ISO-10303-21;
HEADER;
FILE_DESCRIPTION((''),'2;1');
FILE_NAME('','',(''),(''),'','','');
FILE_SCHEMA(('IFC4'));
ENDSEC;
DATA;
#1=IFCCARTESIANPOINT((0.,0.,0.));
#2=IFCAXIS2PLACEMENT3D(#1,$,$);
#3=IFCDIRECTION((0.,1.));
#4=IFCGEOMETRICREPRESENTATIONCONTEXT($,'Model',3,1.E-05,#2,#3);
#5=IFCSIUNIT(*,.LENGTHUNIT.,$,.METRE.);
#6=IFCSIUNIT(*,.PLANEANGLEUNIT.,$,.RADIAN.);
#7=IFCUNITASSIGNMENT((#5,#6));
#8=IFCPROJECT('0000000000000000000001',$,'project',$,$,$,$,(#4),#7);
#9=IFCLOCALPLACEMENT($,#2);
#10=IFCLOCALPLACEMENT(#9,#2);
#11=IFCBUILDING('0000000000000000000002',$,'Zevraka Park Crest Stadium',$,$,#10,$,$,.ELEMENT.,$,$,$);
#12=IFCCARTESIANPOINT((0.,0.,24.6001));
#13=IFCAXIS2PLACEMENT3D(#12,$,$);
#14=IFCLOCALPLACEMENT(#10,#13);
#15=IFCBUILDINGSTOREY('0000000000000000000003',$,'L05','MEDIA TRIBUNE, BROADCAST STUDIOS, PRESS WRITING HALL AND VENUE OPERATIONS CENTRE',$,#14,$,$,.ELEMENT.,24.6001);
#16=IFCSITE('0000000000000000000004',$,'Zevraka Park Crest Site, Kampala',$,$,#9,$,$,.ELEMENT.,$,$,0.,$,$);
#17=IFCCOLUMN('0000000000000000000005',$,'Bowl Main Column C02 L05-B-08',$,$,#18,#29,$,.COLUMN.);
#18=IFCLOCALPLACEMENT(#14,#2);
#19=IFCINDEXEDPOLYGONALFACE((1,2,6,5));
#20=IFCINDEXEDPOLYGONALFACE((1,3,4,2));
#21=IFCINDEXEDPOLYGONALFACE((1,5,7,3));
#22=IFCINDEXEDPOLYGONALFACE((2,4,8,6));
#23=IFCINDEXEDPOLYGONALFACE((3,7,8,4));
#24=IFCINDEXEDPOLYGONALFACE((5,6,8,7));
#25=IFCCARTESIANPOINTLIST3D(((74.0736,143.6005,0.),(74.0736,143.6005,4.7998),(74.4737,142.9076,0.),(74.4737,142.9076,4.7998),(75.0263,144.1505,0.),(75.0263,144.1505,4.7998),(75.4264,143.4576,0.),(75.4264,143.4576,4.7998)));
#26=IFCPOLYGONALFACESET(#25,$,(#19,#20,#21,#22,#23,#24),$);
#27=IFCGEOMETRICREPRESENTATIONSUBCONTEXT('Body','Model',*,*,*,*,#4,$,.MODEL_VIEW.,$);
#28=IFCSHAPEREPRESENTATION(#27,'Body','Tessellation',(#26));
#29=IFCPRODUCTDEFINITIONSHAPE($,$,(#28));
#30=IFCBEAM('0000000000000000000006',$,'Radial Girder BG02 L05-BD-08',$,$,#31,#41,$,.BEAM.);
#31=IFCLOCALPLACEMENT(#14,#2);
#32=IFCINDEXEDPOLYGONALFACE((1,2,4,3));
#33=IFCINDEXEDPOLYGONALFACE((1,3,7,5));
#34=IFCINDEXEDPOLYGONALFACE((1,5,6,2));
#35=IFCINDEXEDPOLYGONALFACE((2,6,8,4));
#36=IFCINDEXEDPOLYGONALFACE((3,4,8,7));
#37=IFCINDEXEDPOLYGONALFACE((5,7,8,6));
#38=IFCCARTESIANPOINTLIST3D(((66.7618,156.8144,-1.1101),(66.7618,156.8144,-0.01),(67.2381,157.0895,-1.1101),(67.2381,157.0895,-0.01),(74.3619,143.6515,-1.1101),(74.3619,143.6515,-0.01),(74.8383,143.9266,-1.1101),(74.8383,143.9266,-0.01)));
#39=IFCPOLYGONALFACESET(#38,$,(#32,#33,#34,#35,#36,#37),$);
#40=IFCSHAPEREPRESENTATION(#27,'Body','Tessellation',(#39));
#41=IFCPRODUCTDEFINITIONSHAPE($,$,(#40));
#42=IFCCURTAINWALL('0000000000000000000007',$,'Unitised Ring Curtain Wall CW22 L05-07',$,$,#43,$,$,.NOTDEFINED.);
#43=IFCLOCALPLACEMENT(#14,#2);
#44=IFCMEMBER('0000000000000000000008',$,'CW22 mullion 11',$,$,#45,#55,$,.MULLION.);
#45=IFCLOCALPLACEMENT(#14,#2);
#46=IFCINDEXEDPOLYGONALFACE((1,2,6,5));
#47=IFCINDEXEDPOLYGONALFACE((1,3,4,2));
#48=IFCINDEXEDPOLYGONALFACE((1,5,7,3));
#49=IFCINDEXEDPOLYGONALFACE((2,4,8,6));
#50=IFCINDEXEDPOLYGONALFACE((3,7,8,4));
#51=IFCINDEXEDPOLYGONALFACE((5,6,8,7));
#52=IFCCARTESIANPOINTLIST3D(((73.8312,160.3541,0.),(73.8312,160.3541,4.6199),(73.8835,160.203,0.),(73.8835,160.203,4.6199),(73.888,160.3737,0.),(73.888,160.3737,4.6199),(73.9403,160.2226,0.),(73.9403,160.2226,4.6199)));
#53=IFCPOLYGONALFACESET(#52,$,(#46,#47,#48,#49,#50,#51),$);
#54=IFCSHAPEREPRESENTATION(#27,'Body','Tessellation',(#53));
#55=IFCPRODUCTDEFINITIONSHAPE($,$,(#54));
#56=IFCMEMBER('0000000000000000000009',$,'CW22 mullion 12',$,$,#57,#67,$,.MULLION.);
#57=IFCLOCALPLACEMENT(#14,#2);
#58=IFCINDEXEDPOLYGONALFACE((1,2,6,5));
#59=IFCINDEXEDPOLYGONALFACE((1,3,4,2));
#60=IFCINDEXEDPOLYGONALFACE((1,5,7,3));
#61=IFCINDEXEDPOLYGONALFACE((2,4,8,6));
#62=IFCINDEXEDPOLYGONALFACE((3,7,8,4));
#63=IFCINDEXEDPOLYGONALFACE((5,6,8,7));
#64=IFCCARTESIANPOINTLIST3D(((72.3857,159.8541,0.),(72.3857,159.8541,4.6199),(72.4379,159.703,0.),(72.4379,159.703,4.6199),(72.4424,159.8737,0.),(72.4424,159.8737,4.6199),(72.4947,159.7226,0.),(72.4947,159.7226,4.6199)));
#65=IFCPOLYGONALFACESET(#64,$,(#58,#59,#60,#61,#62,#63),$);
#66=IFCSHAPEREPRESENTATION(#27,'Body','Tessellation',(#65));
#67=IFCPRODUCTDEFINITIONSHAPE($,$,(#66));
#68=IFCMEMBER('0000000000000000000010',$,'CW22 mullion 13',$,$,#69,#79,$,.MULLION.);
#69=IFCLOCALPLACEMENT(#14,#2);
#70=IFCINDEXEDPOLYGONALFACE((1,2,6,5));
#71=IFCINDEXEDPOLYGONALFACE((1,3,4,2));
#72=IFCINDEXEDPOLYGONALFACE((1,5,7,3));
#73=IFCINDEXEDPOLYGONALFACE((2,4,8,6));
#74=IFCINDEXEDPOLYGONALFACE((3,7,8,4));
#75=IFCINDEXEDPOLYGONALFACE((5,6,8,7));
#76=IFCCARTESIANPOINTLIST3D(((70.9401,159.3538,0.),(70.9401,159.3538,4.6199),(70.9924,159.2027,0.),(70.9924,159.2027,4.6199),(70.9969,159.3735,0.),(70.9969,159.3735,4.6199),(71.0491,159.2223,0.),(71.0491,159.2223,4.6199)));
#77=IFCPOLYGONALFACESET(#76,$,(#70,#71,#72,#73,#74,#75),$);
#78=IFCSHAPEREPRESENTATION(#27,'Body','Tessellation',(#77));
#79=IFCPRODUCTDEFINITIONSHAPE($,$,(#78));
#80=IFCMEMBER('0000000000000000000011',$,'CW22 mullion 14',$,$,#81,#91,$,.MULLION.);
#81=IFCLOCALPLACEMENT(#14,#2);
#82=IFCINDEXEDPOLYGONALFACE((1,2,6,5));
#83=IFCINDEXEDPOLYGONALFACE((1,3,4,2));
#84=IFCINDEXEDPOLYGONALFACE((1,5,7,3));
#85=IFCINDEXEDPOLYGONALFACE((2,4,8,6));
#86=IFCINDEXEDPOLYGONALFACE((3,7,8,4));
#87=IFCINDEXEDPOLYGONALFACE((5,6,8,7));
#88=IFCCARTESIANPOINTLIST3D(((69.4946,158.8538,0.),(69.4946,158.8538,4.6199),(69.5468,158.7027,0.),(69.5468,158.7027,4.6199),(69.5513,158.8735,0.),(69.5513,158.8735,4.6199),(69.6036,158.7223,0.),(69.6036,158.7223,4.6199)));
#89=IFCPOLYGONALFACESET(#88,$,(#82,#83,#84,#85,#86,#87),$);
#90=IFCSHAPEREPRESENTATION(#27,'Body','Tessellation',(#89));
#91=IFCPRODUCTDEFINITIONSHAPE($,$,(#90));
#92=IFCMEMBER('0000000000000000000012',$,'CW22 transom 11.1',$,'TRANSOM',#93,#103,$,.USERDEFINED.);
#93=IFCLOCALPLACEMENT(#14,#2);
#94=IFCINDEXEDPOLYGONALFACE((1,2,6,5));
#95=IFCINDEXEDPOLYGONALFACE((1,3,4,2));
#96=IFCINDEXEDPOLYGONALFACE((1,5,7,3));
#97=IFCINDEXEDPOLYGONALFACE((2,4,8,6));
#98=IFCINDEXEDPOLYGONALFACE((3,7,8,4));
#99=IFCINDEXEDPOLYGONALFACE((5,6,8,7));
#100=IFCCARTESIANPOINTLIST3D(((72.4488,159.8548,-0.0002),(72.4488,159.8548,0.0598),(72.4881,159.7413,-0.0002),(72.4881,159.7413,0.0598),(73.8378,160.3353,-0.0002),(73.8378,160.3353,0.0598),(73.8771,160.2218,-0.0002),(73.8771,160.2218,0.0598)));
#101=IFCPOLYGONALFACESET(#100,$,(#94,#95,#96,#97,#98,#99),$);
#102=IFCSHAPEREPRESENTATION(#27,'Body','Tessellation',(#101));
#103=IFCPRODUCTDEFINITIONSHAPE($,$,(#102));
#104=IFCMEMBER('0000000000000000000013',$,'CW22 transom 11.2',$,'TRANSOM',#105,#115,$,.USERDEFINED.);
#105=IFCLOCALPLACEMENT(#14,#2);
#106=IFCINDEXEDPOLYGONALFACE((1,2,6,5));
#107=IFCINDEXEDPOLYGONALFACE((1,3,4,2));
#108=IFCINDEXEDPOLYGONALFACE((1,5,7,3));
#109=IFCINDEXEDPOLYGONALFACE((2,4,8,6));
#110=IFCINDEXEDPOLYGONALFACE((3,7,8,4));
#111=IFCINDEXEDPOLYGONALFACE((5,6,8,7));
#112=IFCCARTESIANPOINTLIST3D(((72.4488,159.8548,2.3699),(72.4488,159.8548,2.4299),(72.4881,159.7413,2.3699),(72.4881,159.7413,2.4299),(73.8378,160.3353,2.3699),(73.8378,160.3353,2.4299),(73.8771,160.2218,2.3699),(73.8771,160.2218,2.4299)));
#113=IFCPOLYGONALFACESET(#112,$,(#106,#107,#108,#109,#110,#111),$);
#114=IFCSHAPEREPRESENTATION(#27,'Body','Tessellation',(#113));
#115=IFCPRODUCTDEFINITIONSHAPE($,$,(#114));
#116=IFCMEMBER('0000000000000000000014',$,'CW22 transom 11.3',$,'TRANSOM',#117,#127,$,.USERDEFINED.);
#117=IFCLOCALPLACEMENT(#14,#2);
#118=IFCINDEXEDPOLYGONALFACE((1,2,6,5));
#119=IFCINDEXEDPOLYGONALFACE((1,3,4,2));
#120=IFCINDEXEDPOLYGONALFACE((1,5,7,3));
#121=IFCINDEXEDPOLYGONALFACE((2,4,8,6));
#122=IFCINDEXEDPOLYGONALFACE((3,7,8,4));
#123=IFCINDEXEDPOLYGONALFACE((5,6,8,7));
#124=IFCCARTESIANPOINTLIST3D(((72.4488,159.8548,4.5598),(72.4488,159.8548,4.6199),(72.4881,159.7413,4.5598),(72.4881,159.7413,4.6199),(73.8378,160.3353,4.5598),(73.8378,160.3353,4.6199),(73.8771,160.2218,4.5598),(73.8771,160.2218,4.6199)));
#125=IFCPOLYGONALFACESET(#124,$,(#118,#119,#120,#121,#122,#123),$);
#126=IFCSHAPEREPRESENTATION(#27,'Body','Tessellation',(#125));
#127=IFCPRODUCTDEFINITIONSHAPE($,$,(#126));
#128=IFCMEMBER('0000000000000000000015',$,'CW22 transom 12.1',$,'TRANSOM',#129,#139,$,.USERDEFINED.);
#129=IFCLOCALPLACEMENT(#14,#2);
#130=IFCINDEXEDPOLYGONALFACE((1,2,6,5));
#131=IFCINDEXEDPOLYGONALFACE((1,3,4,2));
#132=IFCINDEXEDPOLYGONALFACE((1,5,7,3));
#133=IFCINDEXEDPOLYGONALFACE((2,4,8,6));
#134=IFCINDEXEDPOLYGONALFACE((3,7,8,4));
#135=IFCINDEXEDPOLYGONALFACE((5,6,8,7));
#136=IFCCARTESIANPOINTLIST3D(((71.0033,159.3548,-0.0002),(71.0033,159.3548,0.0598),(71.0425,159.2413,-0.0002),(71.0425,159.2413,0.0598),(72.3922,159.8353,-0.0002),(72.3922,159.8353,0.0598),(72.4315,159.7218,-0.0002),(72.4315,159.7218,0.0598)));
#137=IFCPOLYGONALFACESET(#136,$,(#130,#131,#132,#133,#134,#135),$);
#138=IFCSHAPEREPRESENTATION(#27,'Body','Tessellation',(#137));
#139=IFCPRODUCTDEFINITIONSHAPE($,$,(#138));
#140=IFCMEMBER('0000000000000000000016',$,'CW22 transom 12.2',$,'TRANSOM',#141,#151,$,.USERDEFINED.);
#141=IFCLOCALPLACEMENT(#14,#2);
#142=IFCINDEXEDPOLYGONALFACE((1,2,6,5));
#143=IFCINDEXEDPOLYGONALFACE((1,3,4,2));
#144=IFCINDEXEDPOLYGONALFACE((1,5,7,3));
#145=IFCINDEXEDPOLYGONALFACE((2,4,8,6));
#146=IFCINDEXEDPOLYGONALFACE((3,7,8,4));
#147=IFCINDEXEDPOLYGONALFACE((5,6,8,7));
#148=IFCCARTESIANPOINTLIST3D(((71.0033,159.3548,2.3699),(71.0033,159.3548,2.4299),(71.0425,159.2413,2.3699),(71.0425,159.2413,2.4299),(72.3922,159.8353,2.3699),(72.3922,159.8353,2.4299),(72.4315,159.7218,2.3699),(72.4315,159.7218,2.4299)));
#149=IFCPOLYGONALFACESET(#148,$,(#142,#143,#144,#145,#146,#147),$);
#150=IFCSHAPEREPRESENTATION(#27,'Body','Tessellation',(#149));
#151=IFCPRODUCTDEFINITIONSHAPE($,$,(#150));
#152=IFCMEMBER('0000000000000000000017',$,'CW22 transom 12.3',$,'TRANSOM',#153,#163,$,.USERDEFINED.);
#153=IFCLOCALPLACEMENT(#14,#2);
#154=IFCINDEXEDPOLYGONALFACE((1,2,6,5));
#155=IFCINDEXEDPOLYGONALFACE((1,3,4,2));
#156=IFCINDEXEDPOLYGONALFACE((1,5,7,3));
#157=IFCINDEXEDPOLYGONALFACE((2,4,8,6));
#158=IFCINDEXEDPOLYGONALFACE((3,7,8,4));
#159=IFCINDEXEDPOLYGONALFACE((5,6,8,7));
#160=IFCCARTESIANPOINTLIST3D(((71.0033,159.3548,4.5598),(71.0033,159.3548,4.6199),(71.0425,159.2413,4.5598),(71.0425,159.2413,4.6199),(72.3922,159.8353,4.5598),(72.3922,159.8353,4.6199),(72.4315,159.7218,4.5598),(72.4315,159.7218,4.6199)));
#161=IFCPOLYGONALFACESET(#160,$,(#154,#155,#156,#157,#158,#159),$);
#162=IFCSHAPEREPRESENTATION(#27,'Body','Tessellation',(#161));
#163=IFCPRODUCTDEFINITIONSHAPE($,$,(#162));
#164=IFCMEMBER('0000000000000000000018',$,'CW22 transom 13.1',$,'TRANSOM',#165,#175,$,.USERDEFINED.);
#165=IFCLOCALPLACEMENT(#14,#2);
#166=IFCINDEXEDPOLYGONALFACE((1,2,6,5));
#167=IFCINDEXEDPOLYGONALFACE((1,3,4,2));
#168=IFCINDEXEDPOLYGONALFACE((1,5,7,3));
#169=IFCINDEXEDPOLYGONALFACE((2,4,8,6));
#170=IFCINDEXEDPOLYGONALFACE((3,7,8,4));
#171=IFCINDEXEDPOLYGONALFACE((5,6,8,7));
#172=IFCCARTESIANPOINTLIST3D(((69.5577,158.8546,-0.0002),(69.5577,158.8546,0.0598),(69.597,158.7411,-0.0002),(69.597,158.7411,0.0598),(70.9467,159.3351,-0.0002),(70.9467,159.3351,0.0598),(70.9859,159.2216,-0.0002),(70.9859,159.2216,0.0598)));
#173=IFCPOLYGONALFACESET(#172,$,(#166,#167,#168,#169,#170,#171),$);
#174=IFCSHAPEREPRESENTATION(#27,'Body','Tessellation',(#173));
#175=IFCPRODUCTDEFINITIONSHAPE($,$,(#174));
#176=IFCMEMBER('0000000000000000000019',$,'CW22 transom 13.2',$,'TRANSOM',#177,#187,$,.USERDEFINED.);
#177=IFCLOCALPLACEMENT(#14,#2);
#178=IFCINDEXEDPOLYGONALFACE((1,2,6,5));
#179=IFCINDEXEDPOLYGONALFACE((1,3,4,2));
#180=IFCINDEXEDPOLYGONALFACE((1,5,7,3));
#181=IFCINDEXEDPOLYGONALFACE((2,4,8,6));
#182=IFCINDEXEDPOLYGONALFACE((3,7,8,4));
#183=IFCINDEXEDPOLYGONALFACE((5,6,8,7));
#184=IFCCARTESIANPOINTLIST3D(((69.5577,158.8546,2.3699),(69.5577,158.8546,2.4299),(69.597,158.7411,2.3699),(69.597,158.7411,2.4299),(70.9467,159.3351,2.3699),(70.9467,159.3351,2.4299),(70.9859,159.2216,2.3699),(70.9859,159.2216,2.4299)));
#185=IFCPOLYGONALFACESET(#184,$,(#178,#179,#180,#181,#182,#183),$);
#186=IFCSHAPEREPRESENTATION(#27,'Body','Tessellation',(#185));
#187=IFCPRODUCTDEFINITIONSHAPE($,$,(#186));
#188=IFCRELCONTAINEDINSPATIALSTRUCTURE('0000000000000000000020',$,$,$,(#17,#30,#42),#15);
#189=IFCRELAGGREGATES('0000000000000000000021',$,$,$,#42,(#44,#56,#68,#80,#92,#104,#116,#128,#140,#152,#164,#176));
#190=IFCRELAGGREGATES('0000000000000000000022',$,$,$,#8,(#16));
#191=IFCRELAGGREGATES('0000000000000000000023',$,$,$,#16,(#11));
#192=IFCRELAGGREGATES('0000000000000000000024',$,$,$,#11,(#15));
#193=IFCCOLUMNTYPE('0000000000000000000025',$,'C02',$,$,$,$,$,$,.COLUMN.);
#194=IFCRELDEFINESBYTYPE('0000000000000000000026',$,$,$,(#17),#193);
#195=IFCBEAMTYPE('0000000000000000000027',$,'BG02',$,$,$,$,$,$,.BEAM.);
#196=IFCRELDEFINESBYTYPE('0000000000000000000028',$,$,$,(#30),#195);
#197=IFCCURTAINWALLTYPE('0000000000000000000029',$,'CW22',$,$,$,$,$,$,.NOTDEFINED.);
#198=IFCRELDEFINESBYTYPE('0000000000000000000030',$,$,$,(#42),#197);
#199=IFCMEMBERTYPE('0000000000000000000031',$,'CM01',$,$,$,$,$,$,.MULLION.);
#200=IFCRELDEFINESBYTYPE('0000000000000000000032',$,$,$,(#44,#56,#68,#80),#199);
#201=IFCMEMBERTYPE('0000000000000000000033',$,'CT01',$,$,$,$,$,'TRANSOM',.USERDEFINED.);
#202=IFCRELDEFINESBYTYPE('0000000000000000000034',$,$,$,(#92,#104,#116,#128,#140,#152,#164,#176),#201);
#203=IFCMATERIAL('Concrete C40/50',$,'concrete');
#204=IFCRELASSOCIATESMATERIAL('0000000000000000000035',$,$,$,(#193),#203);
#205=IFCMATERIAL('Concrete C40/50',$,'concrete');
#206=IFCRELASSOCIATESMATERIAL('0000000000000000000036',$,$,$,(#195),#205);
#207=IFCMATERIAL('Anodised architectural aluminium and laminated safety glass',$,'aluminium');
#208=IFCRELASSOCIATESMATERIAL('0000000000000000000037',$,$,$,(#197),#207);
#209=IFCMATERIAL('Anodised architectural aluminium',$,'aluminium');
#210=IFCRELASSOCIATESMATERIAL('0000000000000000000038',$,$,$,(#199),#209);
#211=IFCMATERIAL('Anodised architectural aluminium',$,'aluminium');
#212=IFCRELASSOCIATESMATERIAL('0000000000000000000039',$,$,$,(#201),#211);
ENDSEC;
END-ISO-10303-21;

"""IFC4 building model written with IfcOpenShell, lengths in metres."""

from ifc_helpers import new_model, si_unit, direction, frame, origin, origin_2d, place, context, subcontext, project, spatial, rectangle, extrude, material, material_profile, profile_set, type_object, element, aggregate, save


model = new_model("IFC4")

# Units and contexts
model_context = context("Model", 3, precision=1e-05, world=origin(), true_north=direction((0.0, 1.0)))
body_context = subcontext(model_context, "Body", "Model", "MODEL_VIEW")
ifc_project = project(units=[si_unit("LENGTHUNIT", "METRE"), si_unit("PLANEANGLEUNIT", "RADIAN")], contexts=[model_context])

# Site, building, storey
site_placement = place(None, origin())
site = spatial("IfcSite", under=ifc_project, at=site_placement, Name="Zevraka Park Crest Site, Kampala", CompositionType="ELEMENT", RefElevation=0.0)
building_placement = place(site_placement, origin())
building = spatial("IfcBuilding", under=site, at=building_placement, Name="Zevraka Park Crest Stadium", CompositionType="ELEMENT")
storey_placement = place(building_placement, frame((0.0, 0.0, 24.6001)))
storey = spatial("IfcBuildingStorey", under=building, at=storey_placement, Name="L05", Description="MEDIA TRIBUNE, BROADCAST STUDIOS, PRESS WRITING HALL AND VENUE OPERATIONS CENTRE", CompositionType="ELEMENT", Elevation=24.6001)

# Column
ifc_material_1 = material(Name="Concrete C40/50", Category="concrete")
ifc_material_profile_1 = material_profile(ifc_material_1, rectangle(XDim=0.8, YDim=1.1001, at=origin_2d()), Name="RC 1100x800")
ifc_profile_set_1 = profile_set([ifc_material_profile_1], Name="Concrete C40/50")
column_type = type_object("IfcColumnType", Name="C02", PredefinedType="COLUMN", material=ifc_profile_set_1)
column_placement = place(storey_placement, frame((74.75, 143.5291, 0.0), z_axis=(0.0, 0.0, 1.0), x_axis=(-0.5, 0.866025, 0.0)))
element("IfcColumn", 1, at=column_placement, inside=storey, type_object=column_type, Name="Bowl Main Column C02 L05-B-08", PredefinedType="COLUMN", context=body_context, shape_type="SweptSolid", body=[
    extrude(rectangle(XDim=0.8, YDim=1.1001, at=origin_2d()), origin(), (0.0, 0.0, 1.0), 4.7998),
])

# Beam
ifc_material_2 = material(Name="Concrete C40/50", Category="concrete")
ifc_material_profile_2 = material_profile(ifc_material_2, rectangle(XDim=0.55, YDim=1.1001, at=origin_2d()), Name="RC 1100x550")
ifc_profile_set_2 = profile_set([ifc_material_profile_2], Name="Concrete C40/50")
beam_type_1 = type_object("IfcBeamType", Name="BG02", PredefinedType="BEAM", material=ifc_profile_set_2)
beam_1_placement = place(storey_placement, frame((74.6001, 143.7891, -0.5601), z_axis=(-0.500026, 0.86601, 0.0), x_axis=(-0.86601, -0.500026, 0.0)))
element("IfcBeam", 2, at=beam_1_placement, inside=storey, type_object=beam_type_1, Name="Radial Girder BG02 L05-BD-08", PredefinedType="BEAM", context=body_context, shape_type="SweptSolid", body=[
    extrude(rectangle(XDim=0.55, YDim=1.1001, at=origin_2d()), origin(), (0.0, 0.0, 1.0), 15.1995),
])

# Curtain wall, members
ifc_material_3 = material(Name="Anodised architectural aluminium and laminated safety glass", Category="aluminium")
curtain_wall_type = type_object("IfcCurtainWallType", Name="CW22", PredefinedType="NOTDEFINED", material=ifc_material_3)
curtain_wall_placement = place(storey_placement, origin())
curtain_wall = element("IfcCurtainWall", 3, at=curtain_wall_placement, inside=storey, type_object=curtain_wall_type, Name="Unitised Ring Curtain Wall CW22 L05-07", PredefinedType="NOTDEFINED")
ifc_material_4 = material(Name="Anodised architectural aluminium", Category="aluminium")
ifc_material_profile_3 = material_profile(ifc_material_4, rectangle(XDim=0.1599, YDim=0.0601, at=origin_2d()), Name="ALU MULLION 160x60")
ifc_profile_set_3 = profile_set([ifc_material_profile_3], Name="Anodised architectural aluminium")
member_type_1 = type_object("IfcMemberType", Name="CM01", PredefinedType="MULLION", material=ifc_profile_set_3)
member_1_placement = place(storey_placement, frame((73.8857, 160.2883, 0.0), z_axis=(0.0, 0.0, 1.0), x_axis=(0.326929, -0.945049, 0.0)))
member_1 = element("IfcMember", 4, at=member_1_placement, type_object=member_type_1, Name="CW22 mullion 11", PredefinedType="MULLION", context=body_context, shape_type="SweptSolid", body=[
    extrude(rectangle(XDim=0.1599, YDim=0.0601, at=origin_2d()), origin(), (0.0, 0.0, 1.0), 4.6199),
])
member_2_placement = place(storey_placement, frame((72.4402, 159.7883, 0.0), z_axis=(0.0, 0.0, 1.0), x_axis=(0.326929, -0.945049, 0.0)))
member_2 = element("IfcMember", 5, at=member_2_placement, type_object=member_type_1, Name="CW22 mullion 12", PredefinedType="MULLION", context=body_context, shape_type="SweptSolid", body=[
    extrude(rectangle(XDim=0.1599, YDim=0.0601, at=origin_2d()), origin(), (0.0, 0.0, 1.0), 4.6199),
])
member_3_placement = place(storey_placement, frame((70.9946, 159.2881, 0.0), z_axis=(0.0, 0.0, 1.0), x_axis=(0.326929, -0.945049, 0.0)))
member_3 = element("IfcMember", 6, at=member_3_placement, type_object=member_type_1, Name="CW22 mullion 13", PredefinedType="MULLION", context=body_context, shape_type="SweptSolid", body=[
    extrude(rectangle(XDim=0.1599, YDim=0.0601, at=origin_2d()), origin(), (0.0, 0.0, 1.0), 4.6199),
])
member_4_placement = place(storey_placement, frame((69.5491, 158.7881, 0.0), z_axis=(0.0, 0.0, 1.0), x_axis=(0.326929, -0.945049, 0.0)))
member_4 = element("IfcMember", 7, at=member_4_placement, type_object=member_type_1, Name="CW22 mullion 14", PredefinedType="MULLION", context=body_context, shape_type="SweptSolid", body=[
    extrude(rectangle(XDim=0.1599, YDim=0.0601, at=origin_2d()), origin(), (0.0, 0.0, 1.0), 4.6199),
])
ifc_material_5 = material(Name="Anodised architectural aluminium", Category="aluminium")
ifc_material_profile_4 = material_profile(ifc_material_5, rectangle(XDim=0.1201, YDim=0.0601, at=origin_2d()), Name="ALU TRANSOM 120x60")
ifc_profile_set_4 = profile_set([ifc_material_profile_4], Name="Anodised architectural aluminium")
member_type_2 = type_object("IfcMemberType", Name="CT01", ElementType="TRANSOM", PredefinedType="USERDEFINED", material=ifc_profile_set_4)
member_5_placement = place(storey_placement, frame((73.8574, 160.2786, 0.0298), z_axis=(-0.945051, -0.326922, 0.0), x_axis=(0.326922, -0.945051, 0.0)))
member_5 = element("IfcMember", 8, at=member_5_placement, type_object=member_type_2, Name="CW22 transom 11.1", ObjectType="TRANSOM", PredefinedType="USERDEFINED", context=body_context, shape_type="SweptSolid", body=[
    extrude(rectangle(XDim=0.1201, YDim=0.0601, at=origin_2d()), origin(), (0.0, 0.0, 1.0), 1.4697),
])
member_6_placement = place(storey_placement, frame((73.8574, 160.2786, 2.3999), z_axis=(-0.945051, -0.326922, 0.0), x_axis=(0.326922, -0.945051, 0.0)))
member_6 = element("IfcMember", 9, at=member_6_placement, type_object=member_type_2, Name="CW22 transom 11.2", ObjectType="TRANSOM", PredefinedType="USERDEFINED", context=body_context, shape_type="SweptSolid", body=[
    extrude(rectangle(XDim=0.1201, YDim=0.0601, at=origin_2d()), origin(), (0.0, 0.0, 1.0), 1.4697),
])
member_7_placement = place(storey_placement, frame((73.8574, 160.2786, 4.5898), z_axis=(-0.945051, -0.326922, 0.0), x_axis=(0.326922, -0.945051, 0.0)))
member_7 = element("IfcMember", 10, at=member_7_placement, type_object=member_type_2, Name="CW22 transom 11.3", ObjectType="TRANSOM", PredefinedType="USERDEFINED", context=body_context, shape_type="SweptSolid", body=[
    extrude(rectangle(XDim=0.1201, YDim=0.0601, at=origin_2d()), origin(), (0.0, 0.0, 1.0), 1.4697),
])
member_8_placement = place(storey_placement, frame((72.4119, 159.7786, 0.0298), z_axis=(-0.945051, -0.326922, 0.0), x_axis=(0.326922, -0.945051, 0.0)))
member_8 = element("IfcMember", 11, at=member_8_placement, type_object=member_type_2, Name="CW22 transom 12.1", ObjectType="TRANSOM", PredefinedType="USERDEFINED", context=body_context, shape_type="SweptSolid", body=[
    extrude(rectangle(XDim=0.1201, YDim=0.0601, at=origin_2d()), origin(), (0.0, 0.0, 1.0), 1.4697),
])
member_9_placement = place(storey_placement, frame((72.4119, 159.7786, 2.3999), z_axis=(-0.945051, -0.326922, 0.0), x_axis=(0.326922, -0.945051, 0.0)))
member_9 = element("IfcMember", 12, at=member_9_placement, type_object=member_type_2, Name="CW22 transom 12.2", ObjectType="TRANSOM", PredefinedType="USERDEFINED", context=body_context, shape_type="SweptSolid", body=[
    extrude(rectangle(XDim=0.1201, YDim=0.0601, at=origin_2d()), origin(), (0.0, 0.0, 1.0), 1.4697),
])
member_10_placement = place(storey_placement, frame((72.4119, 159.7786, 4.5898), z_axis=(-0.945051, -0.326922, 0.0), x_axis=(0.326922, -0.945051, 0.0)))
member_10 = element("IfcMember", 13, at=member_10_placement, type_object=member_type_2, Name="CW22 transom 12.3", ObjectType="TRANSOM", PredefinedType="USERDEFINED", context=body_context, shape_type="SweptSolid", body=[
    extrude(rectangle(XDim=0.1201, YDim=0.0601, at=origin_2d()), origin(), (0.0, 0.0, 1.0), 1.4697),
])
member_11_placement = place(storey_placement, frame((70.9663, 159.2783, 0.0298), z_axis=(-0.945051, -0.326922, 0.0), x_axis=(0.326922, -0.945051, 0.0)))
member_11 = element("IfcMember", 14, at=member_11_placement, type_object=member_type_2, Name="CW22 transom 13.1", ObjectType="TRANSOM", PredefinedType="USERDEFINED", context=body_context, shape_type="SweptSolid", body=[
    extrude(rectangle(XDim=0.1201, YDim=0.0601, at=origin_2d()), origin(), (0.0, 0.0, 1.0), 1.4697),
])
member_12_placement = place(storey_placement, frame((70.9663, 159.2783, 2.3999), z_axis=(-0.945051, -0.326922, 0.0), x_axis=(0.326922, -0.945051, 0.0)))
member_12 = element("IfcMember", 15, at=member_12_placement, type_object=member_type_2, Name="CW22 transom 13.2", ObjectType="TRANSOM", PredefinedType="USERDEFINED", context=body_context, shape_type="SweptSolid", body=[
    extrude(rectangle(XDim=0.1201, YDim=0.0601, at=origin_2d()), origin(), (0.0, 0.0, 1.0), 1.4697),
])

aggregate(curtain_wall, [member_1, member_2, member_3, member_4, member_5, member_6, member_7, member_8, member_9, member_10, member_11, member_12])

save(model, "model.ifc")
